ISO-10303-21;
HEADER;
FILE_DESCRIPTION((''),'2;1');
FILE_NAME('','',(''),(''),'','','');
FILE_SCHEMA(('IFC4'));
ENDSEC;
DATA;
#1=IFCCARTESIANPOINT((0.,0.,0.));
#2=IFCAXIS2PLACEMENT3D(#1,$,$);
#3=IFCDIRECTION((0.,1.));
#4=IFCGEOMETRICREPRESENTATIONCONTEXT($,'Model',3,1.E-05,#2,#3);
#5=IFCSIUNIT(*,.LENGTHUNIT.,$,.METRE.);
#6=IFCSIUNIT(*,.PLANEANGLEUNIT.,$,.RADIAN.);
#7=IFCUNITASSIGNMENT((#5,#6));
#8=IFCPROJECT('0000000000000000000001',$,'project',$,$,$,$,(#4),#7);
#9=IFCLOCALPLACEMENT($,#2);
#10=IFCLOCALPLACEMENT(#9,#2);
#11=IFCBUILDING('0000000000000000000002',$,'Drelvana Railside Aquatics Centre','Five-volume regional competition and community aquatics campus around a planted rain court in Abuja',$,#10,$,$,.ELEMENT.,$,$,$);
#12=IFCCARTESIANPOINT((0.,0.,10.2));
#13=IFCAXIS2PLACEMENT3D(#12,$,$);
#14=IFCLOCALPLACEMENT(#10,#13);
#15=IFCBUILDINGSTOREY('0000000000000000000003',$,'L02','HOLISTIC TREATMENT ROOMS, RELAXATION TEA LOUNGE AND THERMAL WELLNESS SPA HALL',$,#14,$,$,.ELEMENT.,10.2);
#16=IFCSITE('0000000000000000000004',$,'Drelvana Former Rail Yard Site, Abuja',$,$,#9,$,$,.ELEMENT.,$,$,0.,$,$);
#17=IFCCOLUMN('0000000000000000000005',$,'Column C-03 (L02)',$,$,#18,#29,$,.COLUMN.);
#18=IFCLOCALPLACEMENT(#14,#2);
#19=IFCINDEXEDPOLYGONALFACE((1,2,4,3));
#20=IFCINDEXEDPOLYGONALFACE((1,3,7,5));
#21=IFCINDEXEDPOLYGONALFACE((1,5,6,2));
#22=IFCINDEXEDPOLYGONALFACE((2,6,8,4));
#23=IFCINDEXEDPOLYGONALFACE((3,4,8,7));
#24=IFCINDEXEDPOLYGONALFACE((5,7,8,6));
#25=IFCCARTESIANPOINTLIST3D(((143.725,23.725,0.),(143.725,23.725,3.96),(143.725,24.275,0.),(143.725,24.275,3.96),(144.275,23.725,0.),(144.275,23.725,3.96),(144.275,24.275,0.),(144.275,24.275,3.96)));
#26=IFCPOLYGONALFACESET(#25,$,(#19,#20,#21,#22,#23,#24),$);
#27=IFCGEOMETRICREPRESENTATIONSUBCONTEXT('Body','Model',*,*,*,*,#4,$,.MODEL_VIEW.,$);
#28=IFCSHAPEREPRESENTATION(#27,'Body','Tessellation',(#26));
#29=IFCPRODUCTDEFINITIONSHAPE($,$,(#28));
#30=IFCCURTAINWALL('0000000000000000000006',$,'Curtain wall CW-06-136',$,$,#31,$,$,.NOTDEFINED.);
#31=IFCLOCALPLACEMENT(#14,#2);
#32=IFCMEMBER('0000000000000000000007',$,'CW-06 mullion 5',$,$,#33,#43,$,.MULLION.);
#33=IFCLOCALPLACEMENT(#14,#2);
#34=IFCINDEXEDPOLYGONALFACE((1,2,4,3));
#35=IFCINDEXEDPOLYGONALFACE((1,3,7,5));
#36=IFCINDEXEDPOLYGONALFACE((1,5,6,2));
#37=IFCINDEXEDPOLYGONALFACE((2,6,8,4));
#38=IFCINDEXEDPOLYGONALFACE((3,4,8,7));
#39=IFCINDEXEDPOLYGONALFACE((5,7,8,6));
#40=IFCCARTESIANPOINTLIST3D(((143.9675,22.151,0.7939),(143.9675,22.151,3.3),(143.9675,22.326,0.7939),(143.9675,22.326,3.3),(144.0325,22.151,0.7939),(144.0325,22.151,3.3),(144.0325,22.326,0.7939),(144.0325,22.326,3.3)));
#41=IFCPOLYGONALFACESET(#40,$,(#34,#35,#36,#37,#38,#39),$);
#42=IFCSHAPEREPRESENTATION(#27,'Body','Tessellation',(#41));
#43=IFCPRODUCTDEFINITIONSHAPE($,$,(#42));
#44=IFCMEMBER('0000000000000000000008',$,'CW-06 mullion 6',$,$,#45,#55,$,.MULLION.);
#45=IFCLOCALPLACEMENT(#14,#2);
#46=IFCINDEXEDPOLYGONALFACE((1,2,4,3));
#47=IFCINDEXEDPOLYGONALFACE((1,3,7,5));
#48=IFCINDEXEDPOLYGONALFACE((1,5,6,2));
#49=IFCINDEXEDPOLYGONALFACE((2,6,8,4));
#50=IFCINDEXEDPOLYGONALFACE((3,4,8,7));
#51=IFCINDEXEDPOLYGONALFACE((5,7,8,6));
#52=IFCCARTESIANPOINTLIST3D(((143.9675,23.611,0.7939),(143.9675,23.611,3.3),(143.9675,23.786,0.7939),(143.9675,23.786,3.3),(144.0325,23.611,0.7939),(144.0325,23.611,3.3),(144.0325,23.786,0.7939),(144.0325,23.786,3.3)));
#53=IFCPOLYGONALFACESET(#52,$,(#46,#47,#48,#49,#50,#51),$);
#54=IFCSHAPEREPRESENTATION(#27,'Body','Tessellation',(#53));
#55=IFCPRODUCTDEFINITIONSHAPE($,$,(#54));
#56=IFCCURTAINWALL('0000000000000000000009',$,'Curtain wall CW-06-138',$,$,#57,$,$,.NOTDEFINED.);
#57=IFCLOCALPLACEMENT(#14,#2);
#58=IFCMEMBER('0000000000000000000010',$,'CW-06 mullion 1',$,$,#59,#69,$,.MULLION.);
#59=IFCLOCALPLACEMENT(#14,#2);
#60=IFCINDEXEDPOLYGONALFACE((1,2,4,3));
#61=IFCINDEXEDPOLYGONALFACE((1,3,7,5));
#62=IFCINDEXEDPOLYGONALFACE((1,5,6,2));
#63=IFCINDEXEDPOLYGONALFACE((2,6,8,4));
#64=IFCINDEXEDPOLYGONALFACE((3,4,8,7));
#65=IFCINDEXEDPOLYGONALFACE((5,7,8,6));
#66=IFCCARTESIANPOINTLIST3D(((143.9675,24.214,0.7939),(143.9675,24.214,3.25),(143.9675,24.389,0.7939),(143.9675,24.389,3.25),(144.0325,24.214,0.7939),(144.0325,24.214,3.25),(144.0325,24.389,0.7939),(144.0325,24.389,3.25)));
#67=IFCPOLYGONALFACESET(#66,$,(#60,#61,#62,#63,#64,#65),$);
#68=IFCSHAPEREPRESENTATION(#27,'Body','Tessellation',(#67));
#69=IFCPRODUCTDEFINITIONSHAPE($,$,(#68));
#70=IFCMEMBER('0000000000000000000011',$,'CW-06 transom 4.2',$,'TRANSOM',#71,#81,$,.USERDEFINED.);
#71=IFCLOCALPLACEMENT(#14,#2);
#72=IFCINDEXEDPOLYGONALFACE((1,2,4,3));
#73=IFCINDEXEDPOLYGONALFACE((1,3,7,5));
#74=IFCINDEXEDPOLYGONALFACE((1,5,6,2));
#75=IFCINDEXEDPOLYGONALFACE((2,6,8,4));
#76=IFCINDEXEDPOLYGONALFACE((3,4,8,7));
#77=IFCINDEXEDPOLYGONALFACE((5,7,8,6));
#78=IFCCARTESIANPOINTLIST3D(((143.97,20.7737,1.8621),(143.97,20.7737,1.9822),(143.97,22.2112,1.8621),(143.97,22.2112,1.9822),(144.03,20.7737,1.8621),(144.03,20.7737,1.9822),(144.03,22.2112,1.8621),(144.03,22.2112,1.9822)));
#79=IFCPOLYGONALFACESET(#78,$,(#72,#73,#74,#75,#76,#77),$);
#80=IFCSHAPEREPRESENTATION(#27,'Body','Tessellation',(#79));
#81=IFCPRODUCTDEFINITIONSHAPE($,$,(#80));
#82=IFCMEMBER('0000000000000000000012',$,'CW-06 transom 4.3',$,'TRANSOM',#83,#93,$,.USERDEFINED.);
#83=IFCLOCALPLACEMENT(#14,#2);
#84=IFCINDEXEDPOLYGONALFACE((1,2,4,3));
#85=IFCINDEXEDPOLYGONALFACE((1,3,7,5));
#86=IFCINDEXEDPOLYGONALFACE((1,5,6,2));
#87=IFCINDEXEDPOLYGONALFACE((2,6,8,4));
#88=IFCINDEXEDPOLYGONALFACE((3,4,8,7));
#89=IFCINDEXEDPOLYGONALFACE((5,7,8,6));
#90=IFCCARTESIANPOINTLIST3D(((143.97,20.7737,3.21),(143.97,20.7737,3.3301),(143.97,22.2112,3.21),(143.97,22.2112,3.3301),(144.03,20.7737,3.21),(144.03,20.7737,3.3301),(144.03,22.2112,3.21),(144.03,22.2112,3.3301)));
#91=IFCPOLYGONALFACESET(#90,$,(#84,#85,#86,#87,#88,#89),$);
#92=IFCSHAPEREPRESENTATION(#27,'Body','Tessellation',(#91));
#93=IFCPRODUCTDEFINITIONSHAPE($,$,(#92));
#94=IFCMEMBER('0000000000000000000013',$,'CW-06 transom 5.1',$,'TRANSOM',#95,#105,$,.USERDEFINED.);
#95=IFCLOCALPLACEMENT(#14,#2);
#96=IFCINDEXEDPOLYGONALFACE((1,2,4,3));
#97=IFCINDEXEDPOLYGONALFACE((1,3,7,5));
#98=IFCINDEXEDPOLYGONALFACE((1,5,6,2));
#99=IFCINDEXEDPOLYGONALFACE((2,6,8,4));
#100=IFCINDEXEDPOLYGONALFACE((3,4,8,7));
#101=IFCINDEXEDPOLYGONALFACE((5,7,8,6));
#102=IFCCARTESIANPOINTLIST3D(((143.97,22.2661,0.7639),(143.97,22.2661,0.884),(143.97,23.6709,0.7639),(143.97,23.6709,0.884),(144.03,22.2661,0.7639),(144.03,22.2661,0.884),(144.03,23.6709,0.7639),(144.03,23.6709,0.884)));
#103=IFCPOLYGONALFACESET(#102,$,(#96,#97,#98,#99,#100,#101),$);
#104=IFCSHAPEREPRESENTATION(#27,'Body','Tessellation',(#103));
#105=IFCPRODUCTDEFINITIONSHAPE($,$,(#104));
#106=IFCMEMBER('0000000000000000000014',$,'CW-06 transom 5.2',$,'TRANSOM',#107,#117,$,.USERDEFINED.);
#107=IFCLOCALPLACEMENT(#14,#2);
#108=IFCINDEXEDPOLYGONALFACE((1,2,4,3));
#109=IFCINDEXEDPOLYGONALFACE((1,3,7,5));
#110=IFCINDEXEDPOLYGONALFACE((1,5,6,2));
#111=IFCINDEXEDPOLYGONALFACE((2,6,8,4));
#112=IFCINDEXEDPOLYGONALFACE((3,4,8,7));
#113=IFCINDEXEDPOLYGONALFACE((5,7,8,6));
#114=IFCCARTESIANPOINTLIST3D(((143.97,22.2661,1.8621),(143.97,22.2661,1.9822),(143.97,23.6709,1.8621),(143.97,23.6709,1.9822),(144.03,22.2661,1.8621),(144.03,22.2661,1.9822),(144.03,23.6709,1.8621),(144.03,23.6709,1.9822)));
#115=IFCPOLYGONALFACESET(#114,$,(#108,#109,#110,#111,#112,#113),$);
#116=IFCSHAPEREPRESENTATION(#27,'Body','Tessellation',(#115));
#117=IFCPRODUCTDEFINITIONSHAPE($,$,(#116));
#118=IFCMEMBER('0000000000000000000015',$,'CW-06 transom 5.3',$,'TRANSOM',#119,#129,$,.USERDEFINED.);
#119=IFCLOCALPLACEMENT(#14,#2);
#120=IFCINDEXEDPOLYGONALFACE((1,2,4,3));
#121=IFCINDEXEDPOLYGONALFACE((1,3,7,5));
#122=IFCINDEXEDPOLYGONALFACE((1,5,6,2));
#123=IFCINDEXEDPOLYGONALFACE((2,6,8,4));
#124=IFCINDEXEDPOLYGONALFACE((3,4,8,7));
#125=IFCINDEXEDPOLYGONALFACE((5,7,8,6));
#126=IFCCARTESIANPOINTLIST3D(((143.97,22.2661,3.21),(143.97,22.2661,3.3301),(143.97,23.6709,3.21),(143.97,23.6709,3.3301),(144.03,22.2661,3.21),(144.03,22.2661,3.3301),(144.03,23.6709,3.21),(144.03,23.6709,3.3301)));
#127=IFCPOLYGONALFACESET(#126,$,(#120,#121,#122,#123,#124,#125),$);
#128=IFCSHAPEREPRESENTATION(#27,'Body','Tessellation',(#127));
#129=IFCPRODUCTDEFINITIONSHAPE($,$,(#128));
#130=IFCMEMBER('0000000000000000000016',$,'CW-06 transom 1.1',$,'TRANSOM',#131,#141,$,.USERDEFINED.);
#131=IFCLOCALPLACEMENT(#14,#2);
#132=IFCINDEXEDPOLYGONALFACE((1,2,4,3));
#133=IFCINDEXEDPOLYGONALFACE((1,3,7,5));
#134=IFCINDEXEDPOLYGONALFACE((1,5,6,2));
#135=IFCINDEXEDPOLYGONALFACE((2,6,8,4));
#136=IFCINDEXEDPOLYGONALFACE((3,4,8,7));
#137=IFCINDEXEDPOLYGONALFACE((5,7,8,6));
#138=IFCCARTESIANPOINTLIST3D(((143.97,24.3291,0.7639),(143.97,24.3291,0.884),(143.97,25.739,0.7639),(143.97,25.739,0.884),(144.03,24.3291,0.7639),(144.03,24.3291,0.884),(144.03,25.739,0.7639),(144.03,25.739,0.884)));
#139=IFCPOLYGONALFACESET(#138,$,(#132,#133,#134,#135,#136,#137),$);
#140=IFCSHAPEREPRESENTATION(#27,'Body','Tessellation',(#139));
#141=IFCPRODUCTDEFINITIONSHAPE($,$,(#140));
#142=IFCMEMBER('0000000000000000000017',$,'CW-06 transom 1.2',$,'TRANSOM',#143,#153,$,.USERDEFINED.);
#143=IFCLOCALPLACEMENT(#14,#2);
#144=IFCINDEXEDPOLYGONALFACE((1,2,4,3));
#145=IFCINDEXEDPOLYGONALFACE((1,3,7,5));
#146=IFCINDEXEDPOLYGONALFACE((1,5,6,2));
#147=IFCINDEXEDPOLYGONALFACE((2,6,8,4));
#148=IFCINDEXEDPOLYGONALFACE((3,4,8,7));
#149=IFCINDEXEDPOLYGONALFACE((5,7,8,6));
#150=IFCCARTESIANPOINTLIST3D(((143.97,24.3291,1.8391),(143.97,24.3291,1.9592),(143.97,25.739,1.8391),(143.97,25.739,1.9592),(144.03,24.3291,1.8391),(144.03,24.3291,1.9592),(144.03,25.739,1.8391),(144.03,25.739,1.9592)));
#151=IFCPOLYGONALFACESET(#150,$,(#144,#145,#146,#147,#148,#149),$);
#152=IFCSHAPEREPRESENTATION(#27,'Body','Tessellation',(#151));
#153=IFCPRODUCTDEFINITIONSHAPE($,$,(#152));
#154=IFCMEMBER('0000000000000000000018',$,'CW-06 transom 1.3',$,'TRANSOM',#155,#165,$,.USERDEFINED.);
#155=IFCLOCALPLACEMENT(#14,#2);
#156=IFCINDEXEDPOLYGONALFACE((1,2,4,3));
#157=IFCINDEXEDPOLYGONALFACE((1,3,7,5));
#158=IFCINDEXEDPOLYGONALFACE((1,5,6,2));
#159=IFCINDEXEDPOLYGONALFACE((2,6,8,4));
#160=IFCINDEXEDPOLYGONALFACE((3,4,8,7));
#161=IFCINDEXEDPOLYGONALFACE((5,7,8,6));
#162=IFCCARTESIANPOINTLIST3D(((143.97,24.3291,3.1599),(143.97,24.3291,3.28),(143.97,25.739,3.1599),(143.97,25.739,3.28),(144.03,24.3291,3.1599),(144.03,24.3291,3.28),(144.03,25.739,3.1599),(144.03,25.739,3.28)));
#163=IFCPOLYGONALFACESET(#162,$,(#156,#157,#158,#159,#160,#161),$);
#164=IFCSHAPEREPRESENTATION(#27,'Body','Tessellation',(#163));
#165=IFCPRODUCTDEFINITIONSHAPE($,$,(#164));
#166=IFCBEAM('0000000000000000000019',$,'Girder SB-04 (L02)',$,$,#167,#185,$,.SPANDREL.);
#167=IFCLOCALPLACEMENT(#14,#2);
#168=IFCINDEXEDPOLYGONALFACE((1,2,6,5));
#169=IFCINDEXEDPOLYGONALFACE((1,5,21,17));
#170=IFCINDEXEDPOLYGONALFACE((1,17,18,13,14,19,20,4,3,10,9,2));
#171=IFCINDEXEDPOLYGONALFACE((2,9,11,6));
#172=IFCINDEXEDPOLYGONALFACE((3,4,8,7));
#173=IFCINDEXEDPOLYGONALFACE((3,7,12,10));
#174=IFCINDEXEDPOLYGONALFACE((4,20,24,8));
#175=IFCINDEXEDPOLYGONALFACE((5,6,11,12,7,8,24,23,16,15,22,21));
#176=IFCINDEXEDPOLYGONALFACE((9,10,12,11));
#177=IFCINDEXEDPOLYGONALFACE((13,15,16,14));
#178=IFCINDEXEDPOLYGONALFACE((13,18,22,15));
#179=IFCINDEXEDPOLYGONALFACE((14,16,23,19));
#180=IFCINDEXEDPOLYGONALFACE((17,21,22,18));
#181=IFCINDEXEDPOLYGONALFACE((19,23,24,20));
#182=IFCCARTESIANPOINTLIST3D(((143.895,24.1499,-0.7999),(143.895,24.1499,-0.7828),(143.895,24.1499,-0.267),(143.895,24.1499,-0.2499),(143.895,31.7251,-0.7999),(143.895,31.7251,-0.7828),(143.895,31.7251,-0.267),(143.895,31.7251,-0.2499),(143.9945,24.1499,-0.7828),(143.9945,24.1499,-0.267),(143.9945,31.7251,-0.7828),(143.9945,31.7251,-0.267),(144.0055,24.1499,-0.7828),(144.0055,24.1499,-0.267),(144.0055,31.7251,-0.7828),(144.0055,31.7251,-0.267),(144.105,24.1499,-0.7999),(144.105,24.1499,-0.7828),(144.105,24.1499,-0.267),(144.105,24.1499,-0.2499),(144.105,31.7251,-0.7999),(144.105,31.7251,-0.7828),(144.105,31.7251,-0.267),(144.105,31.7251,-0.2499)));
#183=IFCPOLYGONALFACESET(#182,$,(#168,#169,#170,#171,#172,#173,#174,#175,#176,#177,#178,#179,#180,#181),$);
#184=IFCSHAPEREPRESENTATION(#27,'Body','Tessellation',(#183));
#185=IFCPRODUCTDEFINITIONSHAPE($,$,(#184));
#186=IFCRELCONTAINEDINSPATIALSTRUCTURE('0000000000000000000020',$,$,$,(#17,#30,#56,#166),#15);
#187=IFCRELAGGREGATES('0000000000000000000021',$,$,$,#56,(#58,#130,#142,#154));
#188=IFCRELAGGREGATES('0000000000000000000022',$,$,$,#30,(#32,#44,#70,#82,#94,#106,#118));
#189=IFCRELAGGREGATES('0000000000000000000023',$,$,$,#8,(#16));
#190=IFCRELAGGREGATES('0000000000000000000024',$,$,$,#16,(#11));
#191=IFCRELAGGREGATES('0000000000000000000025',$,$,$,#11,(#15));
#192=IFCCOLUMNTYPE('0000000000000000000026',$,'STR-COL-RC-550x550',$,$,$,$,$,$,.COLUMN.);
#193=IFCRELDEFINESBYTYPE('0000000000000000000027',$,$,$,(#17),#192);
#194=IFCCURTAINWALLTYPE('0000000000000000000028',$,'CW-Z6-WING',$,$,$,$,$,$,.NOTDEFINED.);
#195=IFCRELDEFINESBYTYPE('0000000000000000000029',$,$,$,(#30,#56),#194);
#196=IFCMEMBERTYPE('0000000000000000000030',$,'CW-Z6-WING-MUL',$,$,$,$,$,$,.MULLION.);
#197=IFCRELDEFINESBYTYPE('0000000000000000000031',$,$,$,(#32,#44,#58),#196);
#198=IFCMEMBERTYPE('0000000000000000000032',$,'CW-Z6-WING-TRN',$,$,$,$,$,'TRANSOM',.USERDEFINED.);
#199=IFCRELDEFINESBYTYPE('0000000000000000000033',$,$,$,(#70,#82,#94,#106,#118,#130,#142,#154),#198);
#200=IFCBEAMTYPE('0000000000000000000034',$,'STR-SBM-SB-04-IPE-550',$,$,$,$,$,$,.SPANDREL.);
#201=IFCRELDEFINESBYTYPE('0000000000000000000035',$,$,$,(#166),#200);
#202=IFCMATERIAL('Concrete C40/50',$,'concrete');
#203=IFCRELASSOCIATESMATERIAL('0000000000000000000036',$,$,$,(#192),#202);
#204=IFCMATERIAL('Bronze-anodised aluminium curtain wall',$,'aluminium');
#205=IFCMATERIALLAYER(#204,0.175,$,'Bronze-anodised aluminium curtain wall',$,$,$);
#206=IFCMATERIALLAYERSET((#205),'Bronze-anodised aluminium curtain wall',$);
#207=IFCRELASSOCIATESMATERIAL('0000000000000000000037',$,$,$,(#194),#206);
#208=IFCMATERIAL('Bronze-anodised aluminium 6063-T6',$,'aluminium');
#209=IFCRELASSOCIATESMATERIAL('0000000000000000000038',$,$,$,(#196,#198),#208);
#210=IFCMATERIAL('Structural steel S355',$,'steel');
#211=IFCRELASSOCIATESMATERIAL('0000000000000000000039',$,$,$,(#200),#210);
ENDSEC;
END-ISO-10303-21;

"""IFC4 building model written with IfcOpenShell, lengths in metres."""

from ifc_helpers import new_model, si_unit, direction, frame, origin, origin_2d, place, context, subcontext, project, spatial, rectangle, i_section, extrude, material, layer, layer_set, material_profile, profile_set, type_object, element, aggregate, save


model = new_model("IFC4")

# Units and contexts
model_context = context("Model", 3, precision=1e-05, world=origin(), true_north=direction((0.0, 1.0)))
body_context = subcontext(model_context, "Body", "Model", "MODEL_VIEW")
ifc_project = project(units=[si_unit("LENGTHUNIT", "METRE"), si_unit("PLANEANGLEUNIT", "RADIAN")], contexts=[model_context])

# Site, building, storey
site_placement = place(None, origin())
site = spatial("IfcSite", under=ifc_project, at=site_placement, Name="Drelvana Former Rail Yard Site, Abuja", CompositionType="ELEMENT", RefElevation=0.0)
building_placement = place(site_placement, origin())
building = spatial("IfcBuilding", under=site, at=building_placement, Name="Drelvana Railside Aquatics Centre", Description="Five-volume regional competition and community aquatics campus around a planted rain court in Abuja", CompositionType="ELEMENT")
storey_placement = place(building_placement, frame((0.0, 0.0, 10.2)))
storey = spatial("IfcBuildingStorey", under=building, at=storey_placement, Name="L02", Description="HOLISTIC TREATMENT ROOMS, RELAXATION TEA LOUNGE AND THERMAL WELLNESS SPA HALL", CompositionType="ELEMENT", Elevation=10.2)

# Column
ifc_material_1 = material(Name="Concrete C40/50", Category="concrete")
ifc_material_profile_1 = material_profile(ifc_material_1, rectangle(XDim=0.55, YDim=0.55, at=origin_2d()), Name="RC 550x550")
ifc_profile_set_1 = profile_set([ifc_material_profile_1], Name="Concrete C40/50")
column_type = type_object("IfcColumnType", Name="STR-COL-RC-550x550", PredefinedType="COLUMN", material=ifc_profile_set_1)
column_placement = place(storey_placement, frame((144.0, 24.0, 0.0), z_axis=(0.0, 0.0, 1.0), x_axis=(1.0, 0.0, 0.0)))
element("IfcColumn", 1, at=column_placement, inside=storey, type_object=column_type, Name="Column C-03 (L02)", PredefinedType="COLUMN", context=body_context, shape_type="SweptSolid", body=[
    extrude(rectangle(XDim=0.55, YDim=0.55, at=origin_2d()), origin(), (0.0, 0.0, 1.0), 3.96),
])

# Curtain wall, members
ifc_material_2 = material(Name="Bronze-anodised aluminium curtain wall", Category="aluminium")
ifc_layer_1 = layer(ifc_material_2, 0.175, Name="Bronze-anodised aluminium curtain wall")
ifc_layer_set_1 = layer_set([ifc_layer_1], Name="Bronze-anodised aluminium curtain wall")
curtain_wall_type = type_object("IfcCurtainWallType", Name="CW-Z6-WING", PredefinedType="NOTDEFINED", material=ifc_layer_set_1)
curtain_wall_1_placement = place(storey_placement, origin())
curtain_wall_1 = element("IfcCurtainWall", 2, at=curtain_wall_1_placement, inside=storey, type_object=curtain_wall_type, Name="Curtain wall CW-06-136", PredefinedType="NOTDEFINED")
ifc_material_3 = material(Name="Bronze-anodised aluminium 6063-T6", Category="aluminium")
ifc_material_profile_2 = material_profile(ifc_material_3, rectangle(XDim=0.0649, YDim=0.175, at=origin_2d()), Name="ALU-M 65x175")
ifc_profile_set_2 = profile_set([ifc_material_profile_2], Name="Bronze-anodised aluminium 6063-T6")
member_type_1 = type_object("IfcMemberType", Name="CW-Z6-WING-MUL", PredefinedType="MULLION", material=ifc_profile_set_2)
member_1_placement = place(storey_placement, frame((144.0, 22.2385, 0.7939), z_axis=(0.0, 0.0, 1.0), x_axis=(-1.0, 0.0, 0.0)))
member_1 = element("IfcMember", 3, at=member_1_placement, type_object=member_type_1, Name="CW-06 mullion 5", PredefinedType="MULLION", context=body_context, shape_type="SweptSolid", body=[
    extrude(rectangle(XDim=0.0649, YDim=0.175, at=origin_2d()), origin(), (0.0, 0.0, 1.0), 2.5061),
])
member_2_placement = place(storey_placement, frame((144.0, 23.6985, 0.7939), z_axis=(0.0, 0.0, 1.0), x_axis=(-1.0, 0.0, 0.0)))
member_2 = element("IfcMember", 4, at=member_2_placement, type_object=member_type_1, Name="CW-06 mullion 6", PredefinedType="MULLION", context=body_context, shape_type="SweptSolid", body=[
    extrude(rectangle(XDim=0.0649, YDim=0.175, at=origin_2d()), origin(), (0.0, 0.0, 1.0), 2.5061),
])

# Curtain wall, member
curtain_wall_2_placement = place(storey_placement, origin())
curtain_wall_2 = element("IfcCurtainWall", 5, at=curtain_wall_2_placement, inside=storey, type_object=curtain_wall_type, Name="Curtain wall CW-06-138", PredefinedType="NOTDEFINED")
member_3_placement = place(storey_placement, frame((144.0, 24.3015, 0.7939), z_axis=(0.0, 0.0, 1.0), x_axis=(-1.0, 0.0, 0.0)))
member_3 = element("IfcMember", 6, at=member_3_placement, type_object=member_type_1, Name="CW-06 mullion 1", PredefinedType="MULLION", context=body_context, shape_type="SweptSolid", body=[
    extrude(rectangle(XDim=0.0649, YDim=0.175, at=origin_2d()), origin(), (0.0, 0.0, 1.0), 2.4561),
])

# Members
ifc_material_profile_3 = material_profile(ifc_material_3, rectangle(XDim=0.1201, YDim=0.0601, at=origin_2d()), Name="ALU-T 60x120")
ifc_profile_set_3 = profile_set([ifc_material_profile_3], Name="Bronze-anodised aluminium 6063-T6")
member_type_2 = type_object("IfcMemberType", Name="CW-Z6-WING-TRN", ElementType="TRANSOM", PredefinedType="USERDEFINED", material=ifc_profile_set_3)
member_4_placement = place(storey_placement, frame((144.0, 20.7737, 1.9221), z_axis=(0.0, 1.0, 0.0), x_axis=(0.0, 0.0, 1.0)))
member_4 = element("IfcMember", 7, at=member_4_placement, type_object=member_type_2, Name="CW-06 transom 4.2", ObjectType="TRANSOM", PredefinedType="USERDEFINED", context=body_context, shape_type="SweptSolid", body=[
    extrude(rectangle(XDim=0.1201, YDim=0.0601, at=origin_2d()), origin(), (0.0, 0.0, 1.0), 1.4375),
])
member_5_placement = place(storey_placement, frame((144.0, 20.7737, 3.27), z_axis=(0.0, 1.0, 0.0), x_axis=(0.0, 0.0, 1.0)))
member_5 = element("IfcMember", 8, at=member_5_placement, type_object=member_type_2, Name="CW-06 transom 4.3", ObjectType="TRANSOM", PredefinedType="USERDEFINED", context=body_context, shape_type="SweptSolid", body=[
    extrude(rectangle(XDim=0.1201, YDim=0.0601, at=origin_2d()), origin(), (0.0, 0.0, 1.0), 1.4375),
])
member_6_placement = place(storey_placement, frame((144.0, 22.2661, 0.824), z_axis=(0.0, 1.0, 0.0), x_axis=(0.0, 0.0, 1.0)))
member_6 = element("IfcMember", 9, at=member_6_placement, type_object=member_type_2, Name="CW-06 transom 5.1", ObjectType="TRANSOM", PredefinedType="USERDEFINED", context=body_context, shape_type="SweptSolid", body=[
    extrude(rectangle(XDim=0.1201, YDim=0.0601, at=origin_2d()), origin(), (0.0, 0.0, 1.0), 1.4048),
])
member_7_placement = place(storey_placement, frame((144.0, 22.2661, 1.9221), z_axis=(0.0, 1.0, 0.0), x_axis=(0.0, 0.0, 1.0)))
member_7 = element("IfcMember", 10, at=member_7_placement, type_object=member_type_2, Name="CW-06 transom 5.2", ObjectType="TRANSOM", PredefinedType="USERDEFINED", context=body_context, shape_type="SweptSolid", body=[
    extrude(rectangle(XDim=0.1201, YDim=0.0601, at=origin_2d()), origin(), (0.0, 0.0, 1.0), 1.4048),
])
member_8_placement = place(storey_placement, frame((144.0, 22.2661, 3.27), z_axis=(0.0, 1.0, 0.0), x_axis=(0.0, 0.0, 1.0)))
member_8 = element("IfcMember", 11, at=member_8_placement, type_object=member_type_2, Name="CW-06 transom 5.3", ObjectType="TRANSOM", PredefinedType="USERDEFINED", context=body_context, shape_type="SweptSolid", body=[
    extrude(rectangle(XDim=0.1201, YDim=0.0601, at=origin_2d()), origin(), (0.0, 0.0, 1.0), 1.4048),
])
member_9_placement = place(storey_placement, frame((144.0, 24.3291, 0.824), z_axis=(0.0, 1.0, 0.0), x_axis=(0.0, 0.0, 1.0)))
member_9 = element("IfcMember", 12, at=member_9_placement, type_object=member_type_2, Name="CW-06 transom 1.1", ObjectType="TRANSOM", PredefinedType="USERDEFINED", context=body_context, shape_type="SweptSolid", body=[
    extrude(rectangle(XDim=0.1201, YDim=0.0601, at=origin_2d()), origin(), (0.0, 0.0, 1.0), 1.4099),
])
member_10_placement = place(storey_placement, frame((144.0, 24.3291, 1.8992), z_axis=(0.0, 1.0, 0.0), x_axis=(0.0, 0.0, 1.0)))
member_10 = element("IfcMember", 13, at=member_10_placement, type_object=member_type_2, Name="CW-06 transom 1.2", ObjectType="TRANSOM", PredefinedType="USERDEFINED", context=body_context, shape_type="SweptSolid", body=[
    extrude(rectangle(XDim=0.1201, YDim=0.0601, at=origin_2d()), origin(), (0.0, 0.0, 1.0), 1.4099),
])
member_11_placement = place(storey_placement, frame((144.0, 24.3291, 3.22), z_axis=(0.0, 1.0, 0.0), x_axis=(0.0, 0.0, 1.0)))
member_11 = element("IfcMember", 14, at=member_11_placement, type_object=member_type_2, Name="CW-06 transom 1.3", ObjectType="TRANSOM", PredefinedType="USERDEFINED", context=body_context, shape_type="SweptSolid", body=[
    extrude(rectangle(XDim=0.1201, YDim=0.0601, at=origin_2d()), origin(), (0.0, 0.0, 1.0), 1.4099),
])
aggregate(curtain_wall_2, [member_3, member_9, member_10, member_11])

# Beam
ifc_material_4 = material(Name="Structural steel S355", Category="steel")
ifc_material_profile_4 = material_profile(ifc_material_4, i_section(OverallWidth=0.21, OverallDepth=0.55, WebThickness=0.011, FlangeThickness=0.0171, at=origin_2d()), Name="IPE 550")
ifc_profile_set_4 = profile_set([ifc_material_profile_4], Name="Structural steel S355")
beam_type = type_object("IfcBeamType", Name="STR-SBM-SB-04-IPE-550", PredefinedType="SPANDREL", material=ifc_profile_set_4)
beam_placement = place(storey_placement, frame((144.0, 24.1499, -0.5249), z_axis=(0.0, 1.0, 0.0), x_axis=(-1.0, 0.0, 0.0)))
element("IfcBeam", 15, at=beam_placement, inside=storey, type_object=beam_type, Name="Girder SB-04 (L02)", PredefinedType="SPANDREL", context=body_context, shape_type="SweptSolid", body=[
    extrude(i_section(OverallWidth=0.21, OverallDepth=0.55, WebThickness=0.011, FlangeThickness=0.0171, at=origin_2d()), origin(), (0.0, 0.0, 1.0), 7.5752),
])

aggregate(curtain_wall_1, [member_1, member_2, member_4, member_5, member_6, member_7, member_8])

save(model, "model.ifc")
